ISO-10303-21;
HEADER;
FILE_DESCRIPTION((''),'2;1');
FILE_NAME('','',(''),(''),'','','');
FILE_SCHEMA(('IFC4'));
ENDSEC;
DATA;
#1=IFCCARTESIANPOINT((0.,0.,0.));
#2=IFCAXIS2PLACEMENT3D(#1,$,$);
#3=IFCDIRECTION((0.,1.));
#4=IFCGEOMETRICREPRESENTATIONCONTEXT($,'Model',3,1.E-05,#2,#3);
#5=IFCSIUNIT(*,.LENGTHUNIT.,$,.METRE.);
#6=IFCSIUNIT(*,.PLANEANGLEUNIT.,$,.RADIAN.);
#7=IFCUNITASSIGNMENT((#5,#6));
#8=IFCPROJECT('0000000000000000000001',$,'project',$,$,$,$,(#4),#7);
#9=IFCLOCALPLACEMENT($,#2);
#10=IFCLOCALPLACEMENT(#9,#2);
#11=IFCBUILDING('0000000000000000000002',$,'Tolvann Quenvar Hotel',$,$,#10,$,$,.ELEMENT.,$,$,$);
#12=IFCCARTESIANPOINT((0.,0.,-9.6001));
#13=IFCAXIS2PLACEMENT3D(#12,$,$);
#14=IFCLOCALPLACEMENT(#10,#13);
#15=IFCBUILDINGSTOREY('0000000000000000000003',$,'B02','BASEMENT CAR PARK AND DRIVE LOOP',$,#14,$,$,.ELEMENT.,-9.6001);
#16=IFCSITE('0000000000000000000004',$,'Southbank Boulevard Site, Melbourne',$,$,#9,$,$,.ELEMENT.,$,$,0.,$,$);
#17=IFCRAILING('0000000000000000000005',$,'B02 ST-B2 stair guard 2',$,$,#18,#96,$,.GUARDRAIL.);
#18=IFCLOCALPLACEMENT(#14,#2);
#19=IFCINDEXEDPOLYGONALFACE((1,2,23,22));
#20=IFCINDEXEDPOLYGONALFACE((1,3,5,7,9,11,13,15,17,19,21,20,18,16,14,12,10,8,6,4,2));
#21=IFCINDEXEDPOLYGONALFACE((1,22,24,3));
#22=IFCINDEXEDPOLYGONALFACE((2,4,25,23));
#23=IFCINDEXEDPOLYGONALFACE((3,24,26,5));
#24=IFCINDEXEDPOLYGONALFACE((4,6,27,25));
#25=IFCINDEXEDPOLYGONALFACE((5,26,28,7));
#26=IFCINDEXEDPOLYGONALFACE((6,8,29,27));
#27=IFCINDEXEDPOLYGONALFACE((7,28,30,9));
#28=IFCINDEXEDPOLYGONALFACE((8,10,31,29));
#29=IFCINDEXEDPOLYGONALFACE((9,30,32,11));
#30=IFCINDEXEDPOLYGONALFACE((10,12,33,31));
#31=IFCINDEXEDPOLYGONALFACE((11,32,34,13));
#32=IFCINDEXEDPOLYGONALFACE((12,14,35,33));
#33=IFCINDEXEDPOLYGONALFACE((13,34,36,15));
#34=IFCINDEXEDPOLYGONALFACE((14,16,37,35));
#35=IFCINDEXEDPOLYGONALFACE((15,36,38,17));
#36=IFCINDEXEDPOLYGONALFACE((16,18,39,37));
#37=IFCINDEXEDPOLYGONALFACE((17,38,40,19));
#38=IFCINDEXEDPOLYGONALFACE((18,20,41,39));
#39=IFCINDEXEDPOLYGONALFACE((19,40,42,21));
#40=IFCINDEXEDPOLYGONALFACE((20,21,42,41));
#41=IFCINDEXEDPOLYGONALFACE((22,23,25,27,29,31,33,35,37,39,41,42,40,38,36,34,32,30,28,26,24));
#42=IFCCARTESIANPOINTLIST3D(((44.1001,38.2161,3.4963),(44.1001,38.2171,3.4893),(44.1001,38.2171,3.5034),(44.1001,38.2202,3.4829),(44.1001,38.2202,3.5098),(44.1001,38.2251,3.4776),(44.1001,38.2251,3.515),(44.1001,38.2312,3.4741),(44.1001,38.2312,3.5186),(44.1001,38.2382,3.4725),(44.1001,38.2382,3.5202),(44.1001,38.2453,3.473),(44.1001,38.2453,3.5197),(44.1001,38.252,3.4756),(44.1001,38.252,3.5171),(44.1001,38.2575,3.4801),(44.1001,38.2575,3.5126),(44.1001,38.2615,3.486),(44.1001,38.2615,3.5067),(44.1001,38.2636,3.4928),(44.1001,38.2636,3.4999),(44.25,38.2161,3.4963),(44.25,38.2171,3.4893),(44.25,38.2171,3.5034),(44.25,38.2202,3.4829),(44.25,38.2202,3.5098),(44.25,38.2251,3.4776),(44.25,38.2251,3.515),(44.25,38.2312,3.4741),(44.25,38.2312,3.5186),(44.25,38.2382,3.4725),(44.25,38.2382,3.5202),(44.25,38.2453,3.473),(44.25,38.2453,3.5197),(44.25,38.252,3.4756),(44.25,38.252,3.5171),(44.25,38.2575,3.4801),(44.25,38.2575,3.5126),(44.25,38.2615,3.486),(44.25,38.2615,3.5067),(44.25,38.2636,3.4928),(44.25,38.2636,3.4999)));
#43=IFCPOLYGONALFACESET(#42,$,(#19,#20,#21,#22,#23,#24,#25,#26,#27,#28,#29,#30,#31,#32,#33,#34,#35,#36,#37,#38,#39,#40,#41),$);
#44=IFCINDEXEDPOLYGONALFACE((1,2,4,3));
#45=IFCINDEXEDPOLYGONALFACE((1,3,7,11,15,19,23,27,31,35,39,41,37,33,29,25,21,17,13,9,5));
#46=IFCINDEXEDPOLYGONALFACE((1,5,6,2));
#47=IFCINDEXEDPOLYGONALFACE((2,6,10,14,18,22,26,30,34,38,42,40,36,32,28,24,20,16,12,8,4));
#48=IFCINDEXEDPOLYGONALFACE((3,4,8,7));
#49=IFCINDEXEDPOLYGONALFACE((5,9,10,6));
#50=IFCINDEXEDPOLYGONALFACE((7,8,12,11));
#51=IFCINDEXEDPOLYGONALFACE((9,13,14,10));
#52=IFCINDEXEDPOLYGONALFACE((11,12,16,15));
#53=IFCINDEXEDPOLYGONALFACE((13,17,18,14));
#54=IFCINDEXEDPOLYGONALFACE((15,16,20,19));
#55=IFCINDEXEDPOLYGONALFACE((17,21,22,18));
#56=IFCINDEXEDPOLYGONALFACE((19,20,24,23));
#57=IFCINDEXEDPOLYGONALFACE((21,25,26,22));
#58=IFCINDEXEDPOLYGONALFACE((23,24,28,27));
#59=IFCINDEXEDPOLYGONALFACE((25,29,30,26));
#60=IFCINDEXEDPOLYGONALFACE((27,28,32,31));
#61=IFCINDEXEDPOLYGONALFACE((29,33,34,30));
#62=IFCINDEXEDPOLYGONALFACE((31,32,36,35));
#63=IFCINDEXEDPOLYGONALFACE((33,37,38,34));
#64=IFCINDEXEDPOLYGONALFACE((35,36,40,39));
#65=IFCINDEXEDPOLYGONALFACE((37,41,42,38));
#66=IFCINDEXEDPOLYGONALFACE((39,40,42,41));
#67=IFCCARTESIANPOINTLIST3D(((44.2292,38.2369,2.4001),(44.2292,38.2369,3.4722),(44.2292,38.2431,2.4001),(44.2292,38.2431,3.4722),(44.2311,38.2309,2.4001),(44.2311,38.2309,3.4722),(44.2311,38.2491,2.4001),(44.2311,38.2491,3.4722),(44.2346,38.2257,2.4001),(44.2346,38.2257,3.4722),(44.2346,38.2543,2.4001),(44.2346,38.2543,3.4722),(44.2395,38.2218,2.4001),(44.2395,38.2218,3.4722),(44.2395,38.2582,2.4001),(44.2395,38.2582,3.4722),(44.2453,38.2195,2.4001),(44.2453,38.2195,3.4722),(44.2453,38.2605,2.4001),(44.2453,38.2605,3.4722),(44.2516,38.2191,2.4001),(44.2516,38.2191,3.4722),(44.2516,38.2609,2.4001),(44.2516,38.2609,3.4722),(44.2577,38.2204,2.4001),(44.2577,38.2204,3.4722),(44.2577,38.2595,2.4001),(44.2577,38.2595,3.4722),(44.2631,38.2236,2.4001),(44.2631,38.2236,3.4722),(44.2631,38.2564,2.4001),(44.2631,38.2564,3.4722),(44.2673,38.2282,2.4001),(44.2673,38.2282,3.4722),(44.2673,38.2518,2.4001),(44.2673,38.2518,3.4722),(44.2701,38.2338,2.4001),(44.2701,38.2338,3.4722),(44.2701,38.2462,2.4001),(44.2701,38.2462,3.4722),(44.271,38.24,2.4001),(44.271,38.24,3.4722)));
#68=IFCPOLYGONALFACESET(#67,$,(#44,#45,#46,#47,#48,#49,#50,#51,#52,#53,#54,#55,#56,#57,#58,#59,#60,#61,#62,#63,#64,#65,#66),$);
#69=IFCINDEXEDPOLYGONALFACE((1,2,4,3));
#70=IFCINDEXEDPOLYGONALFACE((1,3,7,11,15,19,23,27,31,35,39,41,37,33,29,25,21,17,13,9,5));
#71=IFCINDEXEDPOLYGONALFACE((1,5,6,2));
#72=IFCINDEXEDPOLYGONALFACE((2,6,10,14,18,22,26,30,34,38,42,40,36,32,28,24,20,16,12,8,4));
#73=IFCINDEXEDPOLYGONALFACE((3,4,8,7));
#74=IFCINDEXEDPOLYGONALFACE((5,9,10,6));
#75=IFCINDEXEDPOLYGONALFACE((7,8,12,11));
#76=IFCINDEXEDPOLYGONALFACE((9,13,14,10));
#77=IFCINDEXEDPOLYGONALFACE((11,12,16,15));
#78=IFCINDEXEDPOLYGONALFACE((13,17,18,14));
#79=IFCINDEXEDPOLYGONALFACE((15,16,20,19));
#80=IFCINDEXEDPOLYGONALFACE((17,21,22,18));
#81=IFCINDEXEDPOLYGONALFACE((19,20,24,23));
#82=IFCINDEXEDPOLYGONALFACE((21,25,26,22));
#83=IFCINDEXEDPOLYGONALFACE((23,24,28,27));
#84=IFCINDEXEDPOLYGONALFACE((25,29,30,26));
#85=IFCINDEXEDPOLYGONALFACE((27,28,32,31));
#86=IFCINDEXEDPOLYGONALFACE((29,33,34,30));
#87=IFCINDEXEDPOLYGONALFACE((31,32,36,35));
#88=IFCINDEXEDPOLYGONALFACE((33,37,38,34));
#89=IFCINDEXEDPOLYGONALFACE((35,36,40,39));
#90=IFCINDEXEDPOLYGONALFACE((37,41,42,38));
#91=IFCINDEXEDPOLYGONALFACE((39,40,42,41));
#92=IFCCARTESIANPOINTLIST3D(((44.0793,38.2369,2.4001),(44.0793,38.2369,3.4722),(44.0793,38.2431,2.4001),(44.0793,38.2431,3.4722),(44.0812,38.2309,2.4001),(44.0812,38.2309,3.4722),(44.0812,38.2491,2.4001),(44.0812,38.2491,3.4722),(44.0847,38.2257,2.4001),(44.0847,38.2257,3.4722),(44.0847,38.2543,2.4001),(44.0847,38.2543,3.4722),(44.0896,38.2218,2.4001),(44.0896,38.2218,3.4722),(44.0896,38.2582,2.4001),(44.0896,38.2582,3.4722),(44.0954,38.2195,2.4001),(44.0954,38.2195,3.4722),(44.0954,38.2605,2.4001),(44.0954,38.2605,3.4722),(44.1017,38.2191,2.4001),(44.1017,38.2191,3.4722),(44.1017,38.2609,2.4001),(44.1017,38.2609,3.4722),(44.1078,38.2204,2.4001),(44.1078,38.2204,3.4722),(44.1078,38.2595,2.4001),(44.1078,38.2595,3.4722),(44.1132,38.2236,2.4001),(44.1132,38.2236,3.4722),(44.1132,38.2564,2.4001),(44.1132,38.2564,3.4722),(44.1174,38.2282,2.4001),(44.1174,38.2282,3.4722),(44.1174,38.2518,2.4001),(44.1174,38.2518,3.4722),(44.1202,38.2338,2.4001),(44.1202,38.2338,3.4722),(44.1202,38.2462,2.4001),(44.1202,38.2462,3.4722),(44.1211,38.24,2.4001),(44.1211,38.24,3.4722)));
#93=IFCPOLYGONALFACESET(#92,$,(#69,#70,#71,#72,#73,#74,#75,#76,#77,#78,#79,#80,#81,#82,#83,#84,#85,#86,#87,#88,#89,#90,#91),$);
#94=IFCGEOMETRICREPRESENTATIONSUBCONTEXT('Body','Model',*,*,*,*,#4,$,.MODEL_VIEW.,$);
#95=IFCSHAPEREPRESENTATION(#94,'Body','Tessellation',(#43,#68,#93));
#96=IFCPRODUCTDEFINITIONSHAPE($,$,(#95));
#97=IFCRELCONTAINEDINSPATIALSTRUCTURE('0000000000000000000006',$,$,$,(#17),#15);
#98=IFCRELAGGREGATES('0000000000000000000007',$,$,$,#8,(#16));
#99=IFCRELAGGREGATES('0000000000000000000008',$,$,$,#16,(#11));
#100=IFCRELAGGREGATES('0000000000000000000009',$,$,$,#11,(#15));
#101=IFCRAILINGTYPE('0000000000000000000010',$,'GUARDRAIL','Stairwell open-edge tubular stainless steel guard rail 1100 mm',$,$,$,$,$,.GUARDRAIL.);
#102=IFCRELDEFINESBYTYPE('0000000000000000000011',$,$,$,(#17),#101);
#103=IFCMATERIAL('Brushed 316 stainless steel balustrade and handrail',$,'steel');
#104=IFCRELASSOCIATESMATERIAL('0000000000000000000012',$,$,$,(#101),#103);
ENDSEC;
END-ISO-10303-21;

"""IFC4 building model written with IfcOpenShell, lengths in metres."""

from ifc_helpers import new_model, si_unit, direction, frame, origin, origin_2d, place, context, subcontext, project, spatial, circle, extrude, material, type_object, element, save


model = new_model("IFC4")

# Units and contexts
model_context = context("Model", 3, precision=1e-05, world=origin(), true_north=direction((0.0, 1.0)))
body_context = subcontext(model_context, "Body", "Model", "MODEL_VIEW")
ifc_project = project(units=[si_unit("LENGTHUNIT", "METRE"), si_unit("PLANEANGLEUNIT", "RADIAN")], contexts=[model_context])

# Site, building, storey
site_placement = place(None, origin())
site = spatial("IfcSite", under=ifc_project, at=site_placement, Name="Southbank Boulevard Site, Melbourne", CompositionType="ELEMENT", RefElevation=0.0)
building_placement = place(site_placement, origin())
building = spatial("IfcBuilding", under=site, at=building_placement, Name="Tolvann Quenvar Hotel", CompositionType="ELEMENT")
storey_placement = place(building_placement, frame((0.0, 0.0, -9.6001)))
storey = spatial("IfcBuildingStorey", under=building, at=storey_placement, Name="B02", Description="BASEMENT CAR PARK AND DRIVE LOOP", CompositionType="ELEMENT", Elevation=-9.6001)

# Railing
ifc_material_1 = material(Name="Brushed 316 stainless steel balustrade and handrail", Category="steel")
railing_type_1 = type_object("IfcRailingType", Name="GUARDRAIL", Description="Stairwell open-edge tubular stainless steel guard rail 1100 mm", PredefinedType="GUARDRAIL", material=ifc_material_1)
railing_1_placement = place(storey_placement, frame((44.25, 38.24, 2.4001)))
element("IfcRailing", 1, at=railing_1_placement, inside=storey, type_object=railing_type_1, Name="B02 ST-B2 stair guard 2", PredefinedType="GUARDRAIL", context=body_context, shape_type="SweptSolid", body=[
    extrude(circle(Radius=0.0239, at=origin_2d()), frame((0.0, 0.0, 1.0962), z_axis=(-1.0, 0.0, 0.0), x_axis=(0.0, -1.0, 0.0)), (0.0, 0.0, 1.0), 0.1499),
    extrude(circle(Radius=0.021, at=origin_2d()), origin(), (0.0, 0.0, 1.0), 1.072),
    extrude(circle(Radius=0.021, at=origin_2d()), frame((-0.1499, 0.0, 0.0)), (0.0, 0.0, 1.0), 1.072),
])

save(model, "model.ifc")
